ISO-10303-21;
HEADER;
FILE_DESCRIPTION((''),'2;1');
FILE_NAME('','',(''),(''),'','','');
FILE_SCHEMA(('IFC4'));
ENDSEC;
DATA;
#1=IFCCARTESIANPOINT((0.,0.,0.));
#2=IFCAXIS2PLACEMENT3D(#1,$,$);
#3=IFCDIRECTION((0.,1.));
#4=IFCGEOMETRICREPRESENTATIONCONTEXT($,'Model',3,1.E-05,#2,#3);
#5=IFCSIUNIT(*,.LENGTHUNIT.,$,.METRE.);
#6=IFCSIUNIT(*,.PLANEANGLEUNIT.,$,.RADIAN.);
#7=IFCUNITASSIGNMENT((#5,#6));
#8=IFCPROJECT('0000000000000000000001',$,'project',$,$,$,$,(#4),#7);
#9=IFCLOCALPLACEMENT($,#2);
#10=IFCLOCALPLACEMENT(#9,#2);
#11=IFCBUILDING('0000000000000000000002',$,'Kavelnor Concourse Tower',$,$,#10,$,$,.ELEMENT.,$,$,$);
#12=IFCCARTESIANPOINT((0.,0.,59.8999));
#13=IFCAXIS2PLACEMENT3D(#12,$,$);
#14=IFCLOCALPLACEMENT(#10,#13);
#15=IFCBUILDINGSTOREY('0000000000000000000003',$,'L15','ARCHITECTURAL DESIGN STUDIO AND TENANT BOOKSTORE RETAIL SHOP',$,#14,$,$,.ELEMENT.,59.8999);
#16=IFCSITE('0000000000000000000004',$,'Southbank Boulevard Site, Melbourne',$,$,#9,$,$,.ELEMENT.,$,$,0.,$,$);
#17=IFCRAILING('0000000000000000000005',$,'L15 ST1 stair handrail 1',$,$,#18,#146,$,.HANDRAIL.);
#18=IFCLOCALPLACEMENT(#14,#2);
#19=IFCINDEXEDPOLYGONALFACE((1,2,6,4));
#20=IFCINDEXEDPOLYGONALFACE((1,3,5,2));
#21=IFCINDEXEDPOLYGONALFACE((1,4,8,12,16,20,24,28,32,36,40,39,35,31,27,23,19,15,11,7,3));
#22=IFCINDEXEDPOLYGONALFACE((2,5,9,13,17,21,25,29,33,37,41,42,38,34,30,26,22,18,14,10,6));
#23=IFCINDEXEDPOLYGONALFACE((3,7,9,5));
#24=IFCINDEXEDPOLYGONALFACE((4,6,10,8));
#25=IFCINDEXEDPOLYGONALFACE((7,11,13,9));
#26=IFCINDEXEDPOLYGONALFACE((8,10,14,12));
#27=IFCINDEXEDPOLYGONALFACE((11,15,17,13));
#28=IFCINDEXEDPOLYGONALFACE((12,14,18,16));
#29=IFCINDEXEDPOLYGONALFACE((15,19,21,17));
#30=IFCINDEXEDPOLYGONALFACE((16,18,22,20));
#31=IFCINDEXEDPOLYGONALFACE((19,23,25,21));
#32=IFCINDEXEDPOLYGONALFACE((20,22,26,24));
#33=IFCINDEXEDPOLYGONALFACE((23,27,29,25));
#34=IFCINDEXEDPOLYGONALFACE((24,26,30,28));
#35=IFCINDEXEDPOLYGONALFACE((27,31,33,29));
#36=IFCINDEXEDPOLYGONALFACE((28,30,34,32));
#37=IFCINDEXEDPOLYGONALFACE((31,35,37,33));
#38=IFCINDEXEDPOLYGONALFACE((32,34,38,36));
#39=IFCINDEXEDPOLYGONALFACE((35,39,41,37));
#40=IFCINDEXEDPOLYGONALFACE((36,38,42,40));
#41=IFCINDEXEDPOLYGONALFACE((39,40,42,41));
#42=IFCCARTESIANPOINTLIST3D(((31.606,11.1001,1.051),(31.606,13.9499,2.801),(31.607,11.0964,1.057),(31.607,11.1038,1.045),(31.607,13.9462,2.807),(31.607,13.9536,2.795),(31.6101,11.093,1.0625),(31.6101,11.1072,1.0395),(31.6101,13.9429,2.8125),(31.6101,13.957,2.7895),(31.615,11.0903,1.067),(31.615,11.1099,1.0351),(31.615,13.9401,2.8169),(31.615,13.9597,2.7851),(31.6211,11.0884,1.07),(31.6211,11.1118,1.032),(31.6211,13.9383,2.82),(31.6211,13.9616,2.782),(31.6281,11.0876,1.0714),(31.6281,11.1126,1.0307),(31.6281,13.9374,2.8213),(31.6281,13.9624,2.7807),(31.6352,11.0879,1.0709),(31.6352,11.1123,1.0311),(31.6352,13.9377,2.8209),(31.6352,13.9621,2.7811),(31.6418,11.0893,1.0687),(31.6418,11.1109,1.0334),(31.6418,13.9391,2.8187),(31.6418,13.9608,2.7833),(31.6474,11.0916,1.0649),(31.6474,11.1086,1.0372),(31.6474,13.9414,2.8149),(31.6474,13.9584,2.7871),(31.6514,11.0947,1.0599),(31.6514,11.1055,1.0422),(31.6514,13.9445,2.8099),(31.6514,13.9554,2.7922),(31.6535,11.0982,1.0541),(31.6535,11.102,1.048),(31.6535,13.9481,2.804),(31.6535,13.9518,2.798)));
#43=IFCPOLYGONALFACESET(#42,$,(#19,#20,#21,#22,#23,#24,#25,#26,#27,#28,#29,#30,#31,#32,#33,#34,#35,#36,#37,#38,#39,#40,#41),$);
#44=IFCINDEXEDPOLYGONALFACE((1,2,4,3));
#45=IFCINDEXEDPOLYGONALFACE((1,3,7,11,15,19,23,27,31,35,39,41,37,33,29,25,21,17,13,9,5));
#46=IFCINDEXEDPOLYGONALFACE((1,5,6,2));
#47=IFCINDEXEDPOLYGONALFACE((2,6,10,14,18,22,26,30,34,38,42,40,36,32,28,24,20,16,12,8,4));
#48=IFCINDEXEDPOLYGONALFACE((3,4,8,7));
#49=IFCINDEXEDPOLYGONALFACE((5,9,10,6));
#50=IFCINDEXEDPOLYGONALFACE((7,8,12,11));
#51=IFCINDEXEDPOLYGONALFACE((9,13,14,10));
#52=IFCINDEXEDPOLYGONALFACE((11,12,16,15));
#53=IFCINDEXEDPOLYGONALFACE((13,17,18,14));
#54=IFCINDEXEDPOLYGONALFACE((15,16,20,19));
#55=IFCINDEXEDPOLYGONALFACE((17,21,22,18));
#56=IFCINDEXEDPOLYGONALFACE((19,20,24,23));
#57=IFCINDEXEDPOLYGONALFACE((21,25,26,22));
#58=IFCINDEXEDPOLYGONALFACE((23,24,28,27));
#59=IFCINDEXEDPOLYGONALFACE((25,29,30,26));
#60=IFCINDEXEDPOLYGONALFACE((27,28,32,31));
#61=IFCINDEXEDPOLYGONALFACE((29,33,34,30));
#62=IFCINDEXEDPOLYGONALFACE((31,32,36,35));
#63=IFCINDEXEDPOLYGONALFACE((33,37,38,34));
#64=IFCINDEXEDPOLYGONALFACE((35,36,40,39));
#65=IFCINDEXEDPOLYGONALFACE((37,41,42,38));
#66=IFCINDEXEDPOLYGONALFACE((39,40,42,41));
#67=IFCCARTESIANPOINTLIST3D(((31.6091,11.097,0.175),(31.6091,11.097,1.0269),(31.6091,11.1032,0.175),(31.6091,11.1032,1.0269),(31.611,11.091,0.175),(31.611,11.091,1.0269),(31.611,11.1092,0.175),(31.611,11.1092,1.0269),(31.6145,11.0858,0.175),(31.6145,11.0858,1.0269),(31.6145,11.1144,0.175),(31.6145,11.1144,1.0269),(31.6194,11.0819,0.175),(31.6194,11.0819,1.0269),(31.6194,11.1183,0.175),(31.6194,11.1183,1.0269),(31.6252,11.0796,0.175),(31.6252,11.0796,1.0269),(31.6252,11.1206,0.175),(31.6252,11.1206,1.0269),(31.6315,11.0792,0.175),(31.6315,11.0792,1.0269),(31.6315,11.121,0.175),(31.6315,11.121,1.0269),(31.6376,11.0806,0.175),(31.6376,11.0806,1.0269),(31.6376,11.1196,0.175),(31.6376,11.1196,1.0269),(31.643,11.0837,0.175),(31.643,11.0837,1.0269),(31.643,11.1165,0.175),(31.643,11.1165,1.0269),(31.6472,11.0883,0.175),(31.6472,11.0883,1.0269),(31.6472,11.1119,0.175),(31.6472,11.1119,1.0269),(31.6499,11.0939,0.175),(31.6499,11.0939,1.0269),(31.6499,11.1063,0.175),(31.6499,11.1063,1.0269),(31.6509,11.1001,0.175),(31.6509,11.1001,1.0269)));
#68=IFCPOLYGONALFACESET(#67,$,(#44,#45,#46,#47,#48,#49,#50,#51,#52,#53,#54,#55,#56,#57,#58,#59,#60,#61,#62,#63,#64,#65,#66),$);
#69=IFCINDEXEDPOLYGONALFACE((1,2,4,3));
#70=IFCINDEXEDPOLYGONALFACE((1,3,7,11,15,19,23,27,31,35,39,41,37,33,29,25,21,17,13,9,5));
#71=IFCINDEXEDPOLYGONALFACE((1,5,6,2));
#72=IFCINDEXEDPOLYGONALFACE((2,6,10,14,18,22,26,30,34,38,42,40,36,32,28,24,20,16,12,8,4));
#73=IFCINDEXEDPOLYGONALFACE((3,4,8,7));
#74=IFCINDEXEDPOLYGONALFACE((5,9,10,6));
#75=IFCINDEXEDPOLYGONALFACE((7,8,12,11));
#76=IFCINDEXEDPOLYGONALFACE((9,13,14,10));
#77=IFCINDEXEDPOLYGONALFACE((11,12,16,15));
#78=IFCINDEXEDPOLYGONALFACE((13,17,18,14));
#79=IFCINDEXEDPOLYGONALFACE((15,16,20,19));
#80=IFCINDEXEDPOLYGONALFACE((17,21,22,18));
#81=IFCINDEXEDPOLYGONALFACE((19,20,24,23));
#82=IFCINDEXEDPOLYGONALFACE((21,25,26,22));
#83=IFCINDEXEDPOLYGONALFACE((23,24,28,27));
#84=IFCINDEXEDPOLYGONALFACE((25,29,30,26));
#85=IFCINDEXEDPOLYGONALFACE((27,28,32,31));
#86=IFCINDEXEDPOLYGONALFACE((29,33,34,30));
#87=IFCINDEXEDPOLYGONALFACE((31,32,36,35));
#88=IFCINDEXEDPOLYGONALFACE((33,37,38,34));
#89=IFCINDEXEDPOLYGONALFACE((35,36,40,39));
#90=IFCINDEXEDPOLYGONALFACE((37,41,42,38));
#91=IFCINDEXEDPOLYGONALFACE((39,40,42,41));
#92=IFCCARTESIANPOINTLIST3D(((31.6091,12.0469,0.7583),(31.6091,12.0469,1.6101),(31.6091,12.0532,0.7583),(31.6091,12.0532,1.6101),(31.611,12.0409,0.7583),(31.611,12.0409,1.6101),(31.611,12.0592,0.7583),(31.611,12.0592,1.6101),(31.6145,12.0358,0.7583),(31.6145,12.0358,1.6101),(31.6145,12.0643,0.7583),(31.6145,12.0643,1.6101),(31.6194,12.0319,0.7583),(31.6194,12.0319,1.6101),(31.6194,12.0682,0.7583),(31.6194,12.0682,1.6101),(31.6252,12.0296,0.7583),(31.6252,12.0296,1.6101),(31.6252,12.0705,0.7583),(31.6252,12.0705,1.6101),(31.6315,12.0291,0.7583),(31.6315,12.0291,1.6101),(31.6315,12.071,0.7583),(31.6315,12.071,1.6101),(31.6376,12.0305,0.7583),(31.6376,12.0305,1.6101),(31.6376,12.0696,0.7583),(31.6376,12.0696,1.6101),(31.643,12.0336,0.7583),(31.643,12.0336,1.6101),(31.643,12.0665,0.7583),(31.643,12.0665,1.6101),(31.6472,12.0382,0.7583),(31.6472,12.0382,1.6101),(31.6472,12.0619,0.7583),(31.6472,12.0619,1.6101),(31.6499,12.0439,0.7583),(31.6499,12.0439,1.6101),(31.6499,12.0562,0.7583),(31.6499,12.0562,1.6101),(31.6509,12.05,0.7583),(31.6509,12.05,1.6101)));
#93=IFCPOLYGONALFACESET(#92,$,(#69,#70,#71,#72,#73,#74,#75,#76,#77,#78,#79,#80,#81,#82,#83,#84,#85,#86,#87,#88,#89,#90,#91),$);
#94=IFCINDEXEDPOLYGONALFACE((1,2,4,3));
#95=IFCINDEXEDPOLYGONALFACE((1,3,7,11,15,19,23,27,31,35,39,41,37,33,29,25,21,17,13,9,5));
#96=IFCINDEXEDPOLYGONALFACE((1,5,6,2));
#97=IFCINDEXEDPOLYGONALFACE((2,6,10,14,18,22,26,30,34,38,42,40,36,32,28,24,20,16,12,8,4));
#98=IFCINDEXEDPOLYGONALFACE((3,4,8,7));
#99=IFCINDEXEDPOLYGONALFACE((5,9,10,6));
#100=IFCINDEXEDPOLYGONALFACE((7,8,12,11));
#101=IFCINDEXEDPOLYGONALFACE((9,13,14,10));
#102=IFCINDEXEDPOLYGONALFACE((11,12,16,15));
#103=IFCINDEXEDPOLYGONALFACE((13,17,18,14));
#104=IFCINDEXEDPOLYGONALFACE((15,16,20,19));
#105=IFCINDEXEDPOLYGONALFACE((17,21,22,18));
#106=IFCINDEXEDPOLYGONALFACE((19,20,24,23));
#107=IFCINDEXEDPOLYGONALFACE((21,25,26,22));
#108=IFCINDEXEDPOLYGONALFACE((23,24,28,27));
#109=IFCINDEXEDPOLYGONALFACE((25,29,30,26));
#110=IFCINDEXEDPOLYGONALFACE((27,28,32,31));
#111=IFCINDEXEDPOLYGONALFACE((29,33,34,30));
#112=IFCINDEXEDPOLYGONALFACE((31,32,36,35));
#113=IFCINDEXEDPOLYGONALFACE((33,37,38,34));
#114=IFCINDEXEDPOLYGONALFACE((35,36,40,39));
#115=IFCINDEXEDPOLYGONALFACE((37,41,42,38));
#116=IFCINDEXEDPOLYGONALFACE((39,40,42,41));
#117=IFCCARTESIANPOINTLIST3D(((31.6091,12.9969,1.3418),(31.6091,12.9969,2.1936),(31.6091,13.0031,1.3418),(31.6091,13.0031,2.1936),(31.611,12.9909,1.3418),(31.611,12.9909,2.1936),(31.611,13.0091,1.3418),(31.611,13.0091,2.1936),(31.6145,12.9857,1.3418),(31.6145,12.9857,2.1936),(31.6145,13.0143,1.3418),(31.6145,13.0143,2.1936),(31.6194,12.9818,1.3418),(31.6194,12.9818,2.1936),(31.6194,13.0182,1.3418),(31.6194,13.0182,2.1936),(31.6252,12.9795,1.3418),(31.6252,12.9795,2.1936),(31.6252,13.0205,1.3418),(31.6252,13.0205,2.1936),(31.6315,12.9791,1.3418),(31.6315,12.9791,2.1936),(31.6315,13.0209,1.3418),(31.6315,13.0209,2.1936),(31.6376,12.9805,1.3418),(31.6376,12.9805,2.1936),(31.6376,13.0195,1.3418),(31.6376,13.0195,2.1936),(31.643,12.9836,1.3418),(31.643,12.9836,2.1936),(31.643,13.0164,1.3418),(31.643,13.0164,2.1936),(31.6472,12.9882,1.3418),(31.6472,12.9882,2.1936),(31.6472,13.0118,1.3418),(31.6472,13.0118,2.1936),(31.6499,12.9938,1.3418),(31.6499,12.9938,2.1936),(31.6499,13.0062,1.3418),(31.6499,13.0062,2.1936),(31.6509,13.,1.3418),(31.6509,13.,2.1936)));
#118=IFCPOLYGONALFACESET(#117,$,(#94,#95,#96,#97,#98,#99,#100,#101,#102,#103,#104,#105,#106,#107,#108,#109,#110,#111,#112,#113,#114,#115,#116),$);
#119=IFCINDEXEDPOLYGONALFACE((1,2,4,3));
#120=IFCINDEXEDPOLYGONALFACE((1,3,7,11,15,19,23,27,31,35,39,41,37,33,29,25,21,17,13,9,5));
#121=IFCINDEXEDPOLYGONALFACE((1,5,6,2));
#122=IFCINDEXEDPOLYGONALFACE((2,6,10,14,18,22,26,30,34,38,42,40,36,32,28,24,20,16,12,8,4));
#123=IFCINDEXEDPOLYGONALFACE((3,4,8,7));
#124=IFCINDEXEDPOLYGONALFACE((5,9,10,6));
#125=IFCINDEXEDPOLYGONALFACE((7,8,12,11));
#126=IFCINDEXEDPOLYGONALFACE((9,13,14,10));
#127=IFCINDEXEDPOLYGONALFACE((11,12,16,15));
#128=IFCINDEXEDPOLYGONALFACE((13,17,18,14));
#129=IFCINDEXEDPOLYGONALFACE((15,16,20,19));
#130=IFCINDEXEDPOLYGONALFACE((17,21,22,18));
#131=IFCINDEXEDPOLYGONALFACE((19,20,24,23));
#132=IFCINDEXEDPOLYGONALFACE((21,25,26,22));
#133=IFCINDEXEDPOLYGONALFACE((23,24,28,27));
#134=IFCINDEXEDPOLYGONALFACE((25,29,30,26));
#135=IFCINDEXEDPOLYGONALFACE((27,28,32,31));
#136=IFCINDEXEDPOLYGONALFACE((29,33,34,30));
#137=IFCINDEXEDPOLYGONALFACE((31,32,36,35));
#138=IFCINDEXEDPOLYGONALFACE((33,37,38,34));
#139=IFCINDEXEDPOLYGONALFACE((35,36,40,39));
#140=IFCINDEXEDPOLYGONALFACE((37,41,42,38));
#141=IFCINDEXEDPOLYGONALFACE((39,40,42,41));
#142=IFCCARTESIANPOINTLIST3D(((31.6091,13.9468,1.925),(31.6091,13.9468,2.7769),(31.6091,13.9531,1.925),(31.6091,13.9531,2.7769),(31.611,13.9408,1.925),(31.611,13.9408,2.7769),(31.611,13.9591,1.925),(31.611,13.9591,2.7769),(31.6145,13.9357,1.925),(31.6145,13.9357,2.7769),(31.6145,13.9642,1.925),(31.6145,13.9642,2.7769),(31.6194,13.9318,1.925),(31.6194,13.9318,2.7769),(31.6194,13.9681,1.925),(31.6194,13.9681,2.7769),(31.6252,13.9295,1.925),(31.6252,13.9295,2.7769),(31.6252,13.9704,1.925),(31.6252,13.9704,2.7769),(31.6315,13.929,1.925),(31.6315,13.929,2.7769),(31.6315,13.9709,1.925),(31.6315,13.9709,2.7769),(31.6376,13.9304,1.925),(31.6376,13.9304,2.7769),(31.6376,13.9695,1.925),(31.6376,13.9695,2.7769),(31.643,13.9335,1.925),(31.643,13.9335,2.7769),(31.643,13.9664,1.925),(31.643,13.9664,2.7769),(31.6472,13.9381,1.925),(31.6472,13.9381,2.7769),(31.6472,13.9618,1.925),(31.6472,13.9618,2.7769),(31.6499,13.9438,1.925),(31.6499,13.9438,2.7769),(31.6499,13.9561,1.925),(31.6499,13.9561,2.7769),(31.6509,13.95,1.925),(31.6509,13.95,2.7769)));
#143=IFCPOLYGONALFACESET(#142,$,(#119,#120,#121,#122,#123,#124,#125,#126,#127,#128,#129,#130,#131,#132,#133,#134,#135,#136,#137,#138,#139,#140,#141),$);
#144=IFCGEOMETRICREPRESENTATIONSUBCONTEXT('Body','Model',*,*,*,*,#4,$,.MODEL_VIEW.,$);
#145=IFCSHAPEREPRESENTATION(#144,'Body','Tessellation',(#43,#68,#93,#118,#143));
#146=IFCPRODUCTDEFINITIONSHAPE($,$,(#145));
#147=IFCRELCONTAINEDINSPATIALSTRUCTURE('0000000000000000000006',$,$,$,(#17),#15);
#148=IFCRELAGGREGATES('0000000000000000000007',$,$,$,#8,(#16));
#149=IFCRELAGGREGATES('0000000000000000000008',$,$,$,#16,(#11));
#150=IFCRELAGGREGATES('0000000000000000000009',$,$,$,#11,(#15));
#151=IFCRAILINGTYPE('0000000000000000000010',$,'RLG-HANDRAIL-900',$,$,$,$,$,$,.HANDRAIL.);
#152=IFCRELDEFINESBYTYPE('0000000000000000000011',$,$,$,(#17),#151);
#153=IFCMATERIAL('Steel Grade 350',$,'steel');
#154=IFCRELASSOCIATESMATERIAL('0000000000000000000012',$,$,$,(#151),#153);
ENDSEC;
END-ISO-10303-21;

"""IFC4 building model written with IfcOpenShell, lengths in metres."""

from ifc_helpers import new_model, si_unit, direction, frame, origin, origin_2d, place, context, subcontext, project, spatial, circle, extrude, material, type_object, element, save


model = new_model("IFC4")

# Units and contexts
model_context = context("Model", 3, precision=1e-05, world=origin(), true_north=direction((0.0, 1.0)))
body_context = subcontext(model_context, "Body", "Model", "MODEL_VIEW")
ifc_project = project(units=[si_unit("LENGTHUNIT", "METRE"), si_unit("PLANEANGLEUNIT", "RADIAN")], contexts=[model_context])

# Site, building, storey
site_placement = place(None, origin())
site = spatial("IfcSite", under=ifc_project, at=site_placement, Name="Southbank Boulevard Site, Melbourne", CompositionType="ELEMENT", RefElevation=0.0)
building_placement = place(site_placement, origin())
building = spatial("IfcBuilding", under=site, at=building_placement, Name="Kavelnor Concourse Tower", CompositionType="ELEMENT")
storey_placement = place(building_placement, frame((0.0, 0.0, 59.8999)))
storey = spatial("IfcBuildingStorey", under=building, at=storey_placement, Name="L15", Description="ARCHITECTURAL DESIGN STUDIO AND TENANT BOOKSTORE RETAIL SHOP", CompositionType="ELEMENT", Elevation=59.8999)

# Shared definitions
ifc_material_1 = material(Name="Steel Grade 350", Category="steel")

# Railing
railing_type_1 = type_object("IfcRailingType", Name="RLG-HANDRAIL-900", PredefinedType="HANDRAIL", material=ifc_material_1)
railing_1_placement = place(storey_placement, frame((31.6299, 11.1001, 0.175)))
element("IfcRailing", 1, at=railing_1_placement, inside=storey, type_object=railing_type_1, Name="L15 ST1 stair handrail 1", PredefinedType="HANDRAIL", context=body_context, shape_type="SweptSolid", body=[
    extrude(circle(Radius=0.0239, at=origin_2d()), frame((0.0, 0.0, 0.876), z_axis=(0.0, 0.852159, 0.523283), x_axis=(-1.0, 0.0, 0.0)), (0.0, 0.0, 1.0), 3.3442),
    extrude(circle(Radius=0.021, at=origin_2d()), origin(), (0.0, 0.0, 1.0), 0.8518),
    extrude(circle(Radius=0.021, at=origin_2d()), frame((0.0, 0.95, 0.5833)), (0.0, 0.0, 1.0), 0.8518),
    extrude(circle(Radius=0.021, at=origin_2d()), frame((0.0, 1.8999, 1.1667)), (0.0, 0.0, 1.0), 0.8518),
    extrude(circle(Radius=0.021, at=origin_2d()), frame((0.0, 2.8499, 1.75)), (0.0, 0.0, 1.0), 0.8518),
])

save(model, "model.ifc")
